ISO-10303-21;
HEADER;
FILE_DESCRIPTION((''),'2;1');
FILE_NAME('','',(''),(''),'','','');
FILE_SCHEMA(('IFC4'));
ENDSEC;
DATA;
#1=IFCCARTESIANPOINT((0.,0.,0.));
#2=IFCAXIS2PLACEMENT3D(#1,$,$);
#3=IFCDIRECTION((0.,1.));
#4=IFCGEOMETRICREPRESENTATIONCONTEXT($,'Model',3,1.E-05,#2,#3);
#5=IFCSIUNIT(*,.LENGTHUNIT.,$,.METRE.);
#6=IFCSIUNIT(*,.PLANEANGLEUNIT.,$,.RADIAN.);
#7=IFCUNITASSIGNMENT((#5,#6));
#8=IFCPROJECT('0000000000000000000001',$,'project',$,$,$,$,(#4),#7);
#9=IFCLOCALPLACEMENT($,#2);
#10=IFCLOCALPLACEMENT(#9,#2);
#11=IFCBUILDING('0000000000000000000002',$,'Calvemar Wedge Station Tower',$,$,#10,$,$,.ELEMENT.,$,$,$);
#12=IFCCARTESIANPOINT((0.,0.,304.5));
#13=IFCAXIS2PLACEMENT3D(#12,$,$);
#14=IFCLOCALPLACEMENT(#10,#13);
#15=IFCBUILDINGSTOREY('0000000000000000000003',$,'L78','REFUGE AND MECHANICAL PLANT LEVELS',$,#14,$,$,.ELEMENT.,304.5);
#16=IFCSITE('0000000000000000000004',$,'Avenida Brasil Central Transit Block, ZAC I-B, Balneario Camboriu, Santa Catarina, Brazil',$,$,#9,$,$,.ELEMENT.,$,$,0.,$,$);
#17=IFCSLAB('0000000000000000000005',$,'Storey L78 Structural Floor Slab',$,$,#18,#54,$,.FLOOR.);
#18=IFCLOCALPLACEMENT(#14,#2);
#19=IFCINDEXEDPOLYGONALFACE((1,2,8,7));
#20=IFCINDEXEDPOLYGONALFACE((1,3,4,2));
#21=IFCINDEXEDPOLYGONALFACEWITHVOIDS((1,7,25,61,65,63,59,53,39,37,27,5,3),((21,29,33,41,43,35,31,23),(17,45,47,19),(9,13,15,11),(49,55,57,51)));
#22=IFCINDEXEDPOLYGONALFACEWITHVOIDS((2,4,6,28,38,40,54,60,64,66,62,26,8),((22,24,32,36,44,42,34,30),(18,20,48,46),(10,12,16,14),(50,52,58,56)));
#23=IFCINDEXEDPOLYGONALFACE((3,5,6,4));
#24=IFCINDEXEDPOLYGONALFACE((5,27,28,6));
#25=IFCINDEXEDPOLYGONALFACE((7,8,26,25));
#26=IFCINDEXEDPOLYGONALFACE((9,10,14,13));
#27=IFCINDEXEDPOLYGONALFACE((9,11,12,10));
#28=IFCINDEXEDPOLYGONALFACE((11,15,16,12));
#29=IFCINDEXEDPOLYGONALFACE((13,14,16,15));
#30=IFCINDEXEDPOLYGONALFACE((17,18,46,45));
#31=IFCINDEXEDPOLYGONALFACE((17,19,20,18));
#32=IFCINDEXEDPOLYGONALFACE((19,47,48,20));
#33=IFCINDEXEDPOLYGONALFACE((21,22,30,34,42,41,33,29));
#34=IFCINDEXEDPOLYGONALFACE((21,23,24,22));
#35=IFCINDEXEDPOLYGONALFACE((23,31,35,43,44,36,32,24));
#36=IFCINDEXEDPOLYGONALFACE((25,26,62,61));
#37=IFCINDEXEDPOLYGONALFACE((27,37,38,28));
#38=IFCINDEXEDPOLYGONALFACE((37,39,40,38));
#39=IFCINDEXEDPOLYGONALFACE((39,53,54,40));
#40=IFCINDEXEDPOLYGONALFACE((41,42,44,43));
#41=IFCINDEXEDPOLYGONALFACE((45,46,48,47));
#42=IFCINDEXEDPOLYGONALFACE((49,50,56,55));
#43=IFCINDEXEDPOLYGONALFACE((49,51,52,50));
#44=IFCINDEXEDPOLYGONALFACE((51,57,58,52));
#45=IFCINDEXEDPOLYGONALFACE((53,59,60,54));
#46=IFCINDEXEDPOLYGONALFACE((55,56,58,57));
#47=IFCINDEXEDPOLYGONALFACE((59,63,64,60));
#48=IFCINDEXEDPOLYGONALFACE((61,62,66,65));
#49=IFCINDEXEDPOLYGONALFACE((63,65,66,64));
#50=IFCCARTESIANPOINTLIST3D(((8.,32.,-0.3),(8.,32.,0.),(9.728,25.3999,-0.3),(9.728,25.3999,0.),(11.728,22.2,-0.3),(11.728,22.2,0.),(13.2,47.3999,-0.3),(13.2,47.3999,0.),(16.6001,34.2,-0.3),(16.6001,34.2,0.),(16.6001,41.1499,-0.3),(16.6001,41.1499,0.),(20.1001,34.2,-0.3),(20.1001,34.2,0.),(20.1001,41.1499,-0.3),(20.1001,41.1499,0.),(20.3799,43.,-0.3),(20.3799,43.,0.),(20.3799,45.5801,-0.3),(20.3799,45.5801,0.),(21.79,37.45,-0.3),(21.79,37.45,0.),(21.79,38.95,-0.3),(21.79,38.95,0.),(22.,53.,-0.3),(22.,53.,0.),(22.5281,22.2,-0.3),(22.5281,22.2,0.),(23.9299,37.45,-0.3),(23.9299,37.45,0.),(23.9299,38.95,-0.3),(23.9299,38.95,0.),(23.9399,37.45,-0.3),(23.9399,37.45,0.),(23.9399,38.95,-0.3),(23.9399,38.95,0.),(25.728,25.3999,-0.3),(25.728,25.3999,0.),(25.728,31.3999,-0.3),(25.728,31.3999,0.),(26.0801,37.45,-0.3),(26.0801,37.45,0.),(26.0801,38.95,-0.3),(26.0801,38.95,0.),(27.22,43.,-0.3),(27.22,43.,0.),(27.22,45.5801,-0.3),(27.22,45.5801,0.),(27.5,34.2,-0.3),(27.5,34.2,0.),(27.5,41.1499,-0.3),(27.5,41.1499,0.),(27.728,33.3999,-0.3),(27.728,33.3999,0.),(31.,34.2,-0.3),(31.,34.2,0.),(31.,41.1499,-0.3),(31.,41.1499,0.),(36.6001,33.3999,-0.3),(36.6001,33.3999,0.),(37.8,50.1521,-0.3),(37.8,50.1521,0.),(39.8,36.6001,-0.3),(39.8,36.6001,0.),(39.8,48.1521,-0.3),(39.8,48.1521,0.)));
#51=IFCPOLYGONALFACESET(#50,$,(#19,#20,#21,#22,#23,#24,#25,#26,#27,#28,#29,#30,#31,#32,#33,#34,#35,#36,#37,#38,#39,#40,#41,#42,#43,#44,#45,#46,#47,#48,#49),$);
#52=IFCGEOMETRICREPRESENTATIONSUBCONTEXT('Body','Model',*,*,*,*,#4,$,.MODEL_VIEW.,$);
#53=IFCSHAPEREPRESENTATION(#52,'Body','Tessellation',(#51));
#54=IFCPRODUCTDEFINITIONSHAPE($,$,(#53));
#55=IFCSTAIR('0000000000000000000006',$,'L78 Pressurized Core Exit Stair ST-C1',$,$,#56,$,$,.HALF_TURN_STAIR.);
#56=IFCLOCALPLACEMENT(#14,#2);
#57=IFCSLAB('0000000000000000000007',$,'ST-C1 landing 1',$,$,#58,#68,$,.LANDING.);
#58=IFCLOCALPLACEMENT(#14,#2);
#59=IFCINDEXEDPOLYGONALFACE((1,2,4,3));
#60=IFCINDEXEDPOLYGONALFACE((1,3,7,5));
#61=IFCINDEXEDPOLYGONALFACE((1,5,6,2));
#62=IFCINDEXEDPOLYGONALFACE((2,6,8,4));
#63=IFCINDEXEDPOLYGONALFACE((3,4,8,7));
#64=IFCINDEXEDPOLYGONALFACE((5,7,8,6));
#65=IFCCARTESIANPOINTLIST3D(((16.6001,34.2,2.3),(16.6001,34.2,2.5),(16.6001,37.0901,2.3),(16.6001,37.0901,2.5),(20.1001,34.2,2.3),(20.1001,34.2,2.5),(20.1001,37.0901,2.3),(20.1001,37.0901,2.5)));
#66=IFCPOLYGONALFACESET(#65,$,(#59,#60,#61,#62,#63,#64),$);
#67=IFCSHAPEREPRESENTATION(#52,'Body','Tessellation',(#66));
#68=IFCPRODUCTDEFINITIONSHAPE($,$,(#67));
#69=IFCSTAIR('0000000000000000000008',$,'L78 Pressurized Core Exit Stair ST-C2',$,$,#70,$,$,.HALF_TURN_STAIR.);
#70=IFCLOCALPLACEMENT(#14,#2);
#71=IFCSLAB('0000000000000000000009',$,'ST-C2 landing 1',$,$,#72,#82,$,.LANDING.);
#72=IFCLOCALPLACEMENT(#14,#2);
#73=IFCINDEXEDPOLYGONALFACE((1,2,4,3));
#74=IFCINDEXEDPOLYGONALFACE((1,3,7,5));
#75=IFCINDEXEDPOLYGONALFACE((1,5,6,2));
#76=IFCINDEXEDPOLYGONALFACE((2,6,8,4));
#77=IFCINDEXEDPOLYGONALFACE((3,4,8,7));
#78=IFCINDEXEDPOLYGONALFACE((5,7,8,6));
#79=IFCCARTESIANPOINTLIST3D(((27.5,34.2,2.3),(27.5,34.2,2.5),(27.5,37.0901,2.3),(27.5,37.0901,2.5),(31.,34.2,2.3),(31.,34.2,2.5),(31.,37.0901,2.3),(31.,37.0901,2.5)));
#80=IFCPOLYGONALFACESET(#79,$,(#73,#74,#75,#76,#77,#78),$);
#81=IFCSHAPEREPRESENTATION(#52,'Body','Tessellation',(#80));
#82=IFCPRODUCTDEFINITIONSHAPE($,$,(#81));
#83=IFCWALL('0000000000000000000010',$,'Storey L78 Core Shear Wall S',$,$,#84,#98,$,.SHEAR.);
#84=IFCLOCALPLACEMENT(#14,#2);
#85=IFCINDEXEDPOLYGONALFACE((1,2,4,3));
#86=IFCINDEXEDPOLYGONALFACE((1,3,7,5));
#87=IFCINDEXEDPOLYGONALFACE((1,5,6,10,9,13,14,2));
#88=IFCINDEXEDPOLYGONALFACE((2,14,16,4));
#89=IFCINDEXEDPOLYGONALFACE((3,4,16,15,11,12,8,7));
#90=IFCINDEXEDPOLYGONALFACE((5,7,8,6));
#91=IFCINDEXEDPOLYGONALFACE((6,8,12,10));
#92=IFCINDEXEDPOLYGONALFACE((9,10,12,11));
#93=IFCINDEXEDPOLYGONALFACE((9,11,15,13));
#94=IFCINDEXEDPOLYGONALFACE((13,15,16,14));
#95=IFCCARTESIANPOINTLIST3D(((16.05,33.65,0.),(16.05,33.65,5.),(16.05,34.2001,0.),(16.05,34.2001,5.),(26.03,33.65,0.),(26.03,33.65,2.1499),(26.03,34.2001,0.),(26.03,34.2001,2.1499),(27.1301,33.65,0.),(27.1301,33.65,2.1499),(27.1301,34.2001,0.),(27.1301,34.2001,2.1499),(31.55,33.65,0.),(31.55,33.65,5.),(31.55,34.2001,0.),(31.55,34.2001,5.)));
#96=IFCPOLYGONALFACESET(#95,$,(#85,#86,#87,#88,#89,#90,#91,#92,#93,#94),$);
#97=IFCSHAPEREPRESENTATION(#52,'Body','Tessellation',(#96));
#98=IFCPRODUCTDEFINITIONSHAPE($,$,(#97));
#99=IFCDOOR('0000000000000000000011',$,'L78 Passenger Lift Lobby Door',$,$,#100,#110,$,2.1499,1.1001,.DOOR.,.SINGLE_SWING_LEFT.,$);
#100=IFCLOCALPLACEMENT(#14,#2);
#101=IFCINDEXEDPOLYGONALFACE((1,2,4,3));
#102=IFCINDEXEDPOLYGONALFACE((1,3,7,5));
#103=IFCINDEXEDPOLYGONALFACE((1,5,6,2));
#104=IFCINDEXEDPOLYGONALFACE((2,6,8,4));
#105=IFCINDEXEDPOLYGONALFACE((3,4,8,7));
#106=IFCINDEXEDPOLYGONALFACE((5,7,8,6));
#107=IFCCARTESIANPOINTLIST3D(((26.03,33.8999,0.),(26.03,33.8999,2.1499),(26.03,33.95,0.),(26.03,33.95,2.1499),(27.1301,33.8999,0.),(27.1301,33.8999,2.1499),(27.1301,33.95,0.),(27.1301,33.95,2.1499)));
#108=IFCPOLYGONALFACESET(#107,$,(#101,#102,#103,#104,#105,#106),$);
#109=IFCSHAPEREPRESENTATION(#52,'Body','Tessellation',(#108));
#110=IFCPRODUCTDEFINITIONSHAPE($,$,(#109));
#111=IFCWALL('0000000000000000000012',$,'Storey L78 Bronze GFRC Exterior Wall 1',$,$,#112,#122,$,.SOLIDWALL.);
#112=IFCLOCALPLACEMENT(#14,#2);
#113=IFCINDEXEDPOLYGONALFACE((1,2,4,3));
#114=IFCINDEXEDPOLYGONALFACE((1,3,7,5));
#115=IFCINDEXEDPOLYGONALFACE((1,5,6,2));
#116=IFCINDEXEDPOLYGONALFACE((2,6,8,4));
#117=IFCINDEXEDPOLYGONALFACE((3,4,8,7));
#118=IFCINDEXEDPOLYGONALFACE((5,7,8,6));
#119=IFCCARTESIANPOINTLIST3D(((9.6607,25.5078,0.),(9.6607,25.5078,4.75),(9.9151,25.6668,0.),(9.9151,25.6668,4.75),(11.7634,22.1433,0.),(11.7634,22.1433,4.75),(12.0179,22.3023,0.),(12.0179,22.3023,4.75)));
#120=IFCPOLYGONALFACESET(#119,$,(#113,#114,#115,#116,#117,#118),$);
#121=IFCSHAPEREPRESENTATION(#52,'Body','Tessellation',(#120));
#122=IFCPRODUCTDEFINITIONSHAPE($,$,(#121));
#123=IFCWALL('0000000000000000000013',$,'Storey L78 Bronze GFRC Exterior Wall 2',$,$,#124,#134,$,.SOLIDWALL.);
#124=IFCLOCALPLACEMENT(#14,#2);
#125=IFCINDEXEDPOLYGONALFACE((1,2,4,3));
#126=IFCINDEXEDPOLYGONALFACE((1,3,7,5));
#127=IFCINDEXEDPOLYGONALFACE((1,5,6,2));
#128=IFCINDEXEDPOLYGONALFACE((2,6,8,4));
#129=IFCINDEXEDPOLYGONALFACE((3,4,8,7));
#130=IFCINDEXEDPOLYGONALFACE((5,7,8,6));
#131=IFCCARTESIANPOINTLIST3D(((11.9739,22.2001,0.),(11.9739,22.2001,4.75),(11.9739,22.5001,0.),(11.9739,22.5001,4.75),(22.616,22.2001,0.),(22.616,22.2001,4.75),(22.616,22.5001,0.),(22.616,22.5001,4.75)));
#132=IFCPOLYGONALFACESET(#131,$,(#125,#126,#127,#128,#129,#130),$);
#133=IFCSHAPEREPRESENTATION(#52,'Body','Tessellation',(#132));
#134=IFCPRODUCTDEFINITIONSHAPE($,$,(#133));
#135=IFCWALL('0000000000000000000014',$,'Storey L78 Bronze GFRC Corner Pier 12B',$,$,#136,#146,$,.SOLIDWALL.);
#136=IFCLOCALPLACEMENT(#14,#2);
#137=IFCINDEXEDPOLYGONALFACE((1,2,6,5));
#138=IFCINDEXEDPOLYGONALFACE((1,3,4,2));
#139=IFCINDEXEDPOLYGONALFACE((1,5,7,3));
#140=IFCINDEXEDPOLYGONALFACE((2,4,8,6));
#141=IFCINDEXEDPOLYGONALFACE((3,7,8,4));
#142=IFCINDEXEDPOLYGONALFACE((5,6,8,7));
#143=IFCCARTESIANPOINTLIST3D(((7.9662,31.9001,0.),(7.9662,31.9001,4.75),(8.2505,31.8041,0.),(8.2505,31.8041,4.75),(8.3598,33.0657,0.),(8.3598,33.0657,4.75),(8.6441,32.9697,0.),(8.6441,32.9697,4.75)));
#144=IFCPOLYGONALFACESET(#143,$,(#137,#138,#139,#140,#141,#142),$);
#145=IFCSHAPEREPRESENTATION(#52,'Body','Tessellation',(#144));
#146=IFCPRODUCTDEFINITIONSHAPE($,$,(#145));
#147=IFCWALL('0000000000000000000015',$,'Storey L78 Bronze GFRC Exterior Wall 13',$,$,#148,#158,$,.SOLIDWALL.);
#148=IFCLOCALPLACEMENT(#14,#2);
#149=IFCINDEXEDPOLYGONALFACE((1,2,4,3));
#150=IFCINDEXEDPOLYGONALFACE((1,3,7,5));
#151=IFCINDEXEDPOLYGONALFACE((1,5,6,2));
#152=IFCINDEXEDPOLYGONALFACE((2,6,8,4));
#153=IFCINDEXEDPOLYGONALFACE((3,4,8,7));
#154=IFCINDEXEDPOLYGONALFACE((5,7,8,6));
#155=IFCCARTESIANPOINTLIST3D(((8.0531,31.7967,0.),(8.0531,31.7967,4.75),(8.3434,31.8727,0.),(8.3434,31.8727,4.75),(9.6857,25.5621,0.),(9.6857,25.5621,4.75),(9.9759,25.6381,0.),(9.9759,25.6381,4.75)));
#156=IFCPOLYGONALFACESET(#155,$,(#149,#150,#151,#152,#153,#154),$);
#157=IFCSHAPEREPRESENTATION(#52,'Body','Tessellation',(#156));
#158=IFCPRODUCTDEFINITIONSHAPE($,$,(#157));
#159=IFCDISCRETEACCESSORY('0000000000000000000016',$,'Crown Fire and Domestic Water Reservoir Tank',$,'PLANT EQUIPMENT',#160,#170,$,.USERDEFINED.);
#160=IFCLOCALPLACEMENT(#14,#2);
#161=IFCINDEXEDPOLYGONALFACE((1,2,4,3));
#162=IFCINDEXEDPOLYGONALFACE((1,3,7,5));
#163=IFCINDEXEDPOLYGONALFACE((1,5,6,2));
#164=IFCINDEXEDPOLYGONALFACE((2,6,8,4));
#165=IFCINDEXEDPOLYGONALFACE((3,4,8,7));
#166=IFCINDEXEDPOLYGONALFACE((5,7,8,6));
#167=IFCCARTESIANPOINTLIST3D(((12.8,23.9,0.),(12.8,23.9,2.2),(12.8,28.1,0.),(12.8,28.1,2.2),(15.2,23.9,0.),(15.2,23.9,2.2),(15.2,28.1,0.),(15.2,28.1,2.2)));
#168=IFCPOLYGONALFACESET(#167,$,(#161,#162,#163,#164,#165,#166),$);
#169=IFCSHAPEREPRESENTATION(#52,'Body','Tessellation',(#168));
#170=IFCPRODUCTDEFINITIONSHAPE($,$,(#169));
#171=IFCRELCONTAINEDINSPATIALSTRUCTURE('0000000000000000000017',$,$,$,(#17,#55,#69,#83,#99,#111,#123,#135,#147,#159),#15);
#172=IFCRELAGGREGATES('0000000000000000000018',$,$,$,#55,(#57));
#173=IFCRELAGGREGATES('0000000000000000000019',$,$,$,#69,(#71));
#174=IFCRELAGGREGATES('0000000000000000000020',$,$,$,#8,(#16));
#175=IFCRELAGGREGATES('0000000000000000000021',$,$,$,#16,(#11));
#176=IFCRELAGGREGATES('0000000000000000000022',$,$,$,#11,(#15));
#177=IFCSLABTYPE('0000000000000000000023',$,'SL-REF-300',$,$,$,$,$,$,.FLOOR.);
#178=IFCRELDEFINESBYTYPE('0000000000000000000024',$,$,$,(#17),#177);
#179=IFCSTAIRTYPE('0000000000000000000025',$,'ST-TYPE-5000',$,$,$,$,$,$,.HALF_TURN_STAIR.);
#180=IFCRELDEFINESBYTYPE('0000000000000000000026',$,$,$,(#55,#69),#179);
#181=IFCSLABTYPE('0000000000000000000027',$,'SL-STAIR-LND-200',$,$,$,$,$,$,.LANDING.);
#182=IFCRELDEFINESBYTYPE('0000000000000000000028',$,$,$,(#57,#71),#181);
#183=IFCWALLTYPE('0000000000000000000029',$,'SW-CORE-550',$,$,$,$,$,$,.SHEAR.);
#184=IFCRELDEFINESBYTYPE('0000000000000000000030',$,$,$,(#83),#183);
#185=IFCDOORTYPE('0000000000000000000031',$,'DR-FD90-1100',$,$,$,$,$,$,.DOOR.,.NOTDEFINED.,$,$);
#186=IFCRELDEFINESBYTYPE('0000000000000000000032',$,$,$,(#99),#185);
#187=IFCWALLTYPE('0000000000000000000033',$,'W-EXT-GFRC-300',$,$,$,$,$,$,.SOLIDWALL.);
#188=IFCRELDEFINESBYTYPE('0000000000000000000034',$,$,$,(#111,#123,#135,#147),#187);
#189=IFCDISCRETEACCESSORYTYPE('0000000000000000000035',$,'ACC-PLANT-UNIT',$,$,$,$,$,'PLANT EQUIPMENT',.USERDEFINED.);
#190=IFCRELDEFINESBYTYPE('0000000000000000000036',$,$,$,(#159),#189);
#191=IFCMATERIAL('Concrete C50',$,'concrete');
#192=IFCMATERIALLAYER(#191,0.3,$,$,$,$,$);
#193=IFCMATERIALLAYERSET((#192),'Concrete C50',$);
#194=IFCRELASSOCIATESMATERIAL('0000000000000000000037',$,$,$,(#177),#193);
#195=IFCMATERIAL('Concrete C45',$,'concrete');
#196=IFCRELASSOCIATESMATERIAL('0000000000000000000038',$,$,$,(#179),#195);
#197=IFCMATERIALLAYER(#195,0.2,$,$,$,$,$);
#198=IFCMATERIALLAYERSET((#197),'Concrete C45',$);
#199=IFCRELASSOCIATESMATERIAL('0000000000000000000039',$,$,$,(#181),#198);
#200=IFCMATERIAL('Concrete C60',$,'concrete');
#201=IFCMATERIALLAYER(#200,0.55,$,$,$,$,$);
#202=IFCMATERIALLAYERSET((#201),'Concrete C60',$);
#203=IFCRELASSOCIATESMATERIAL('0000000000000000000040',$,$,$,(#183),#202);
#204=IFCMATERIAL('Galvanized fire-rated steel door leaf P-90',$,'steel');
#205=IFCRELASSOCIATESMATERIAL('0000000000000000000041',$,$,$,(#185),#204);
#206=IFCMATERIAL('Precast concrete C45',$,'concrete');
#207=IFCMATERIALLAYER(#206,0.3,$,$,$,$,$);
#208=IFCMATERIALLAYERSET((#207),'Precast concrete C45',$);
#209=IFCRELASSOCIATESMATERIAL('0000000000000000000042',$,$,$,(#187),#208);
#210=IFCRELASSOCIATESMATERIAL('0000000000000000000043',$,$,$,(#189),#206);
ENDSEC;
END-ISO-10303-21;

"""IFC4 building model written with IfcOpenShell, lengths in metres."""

from ifc_helpers import new_model, si_unit, direction, frame, frame_2d, origin, origin_2d, place, context, subcontext, project, spatial, polyline, rectangle, outline, extrude, source, transform, mapped, material, layer, layer_set, type_object, element, fill, aggregate, save


model = new_model("IFC4")

# Units and contexts
model_context = context("Model", 3, precision=1e-05, world=origin(), true_north=direction((0.0, 1.0)))
body_context = subcontext(model_context, "Body", "Model", "MODEL_VIEW")
ifc_project = project(units=[si_unit("LENGTHUNIT", "METRE"), si_unit("PLANEANGLEUNIT", "RADIAN")], contexts=[model_context])

# Site, building, storey
site_placement = place(None, origin())
site = spatial("IfcSite", under=ifc_project, at=site_placement, Name="Avenida Brasil Central Transit Block, ZAC I-B, Balneario Camboriu, Santa Catarina, Brazil", CompositionType="ELEMENT", RefElevation=0.0)
building_placement = place(site_placement, origin())
building = spatial("IfcBuilding", under=site, at=building_placement, Name="Calvemar Wedge Station Tower", CompositionType="ELEMENT")
storey_placement = place(building_placement, frame((0.0, 0.0, 304.5)))
storey = spatial("IfcBuildingStorey", under=building, at=storey_placement, Name="L78", Description="REFUGE AND MECHANICAL PLANT LEVELS", CompositionType="ELEMENT", Elevation=304.5)

# Shared definitions
ifc_material_1 = material(Name="Concrete C50", Category="concrete")

# Slab
ifc_layer_1 = layer(ifc_material_1, 0.3)
ifc_layer_set_1 = layer_set([ifc_layer_1], Name="Concrete C50")
slab_type_1 = type_object("IfcSlabType", Name="SL-REF-300", PredefinedType="FLOOR", material=ifc_layer_set_1)
slab_1_placement = place(storey_placement, frame((0.0, 0.0, -0.3)))
element("IfcSlab", 1, at=slab_1_placement, inside=storey, type_object=slab_type_1, Name="Storey L78 Structural Floor Slab", PredefinedType="FLOOR", context=body_context, shape_type="SweptSolid", body=[
    extrude(outline(polyline([(8.0, 32.0), (9.728, 25.3999), (11.728, 22.2), (22.5281, 22.2), (25.728, 25.3999), (25.728, 31.3999), (27.728, 33.3999), (36.6001, 33.3999), (39.8, 36.6001), (39.8, 48.1521), (37.8, 50.1521), (22.0, 53.0), (13.2, 47.3999), (8.0, 32.0)]), holes=[polyline([(20.1001, 34.2), (20.1001, 41.1499), (16.6001, 41.1499), (16.6001, 34.2), (20.1001, 34.2)]), polyline([(31.0, 34.2), (31.0, 41.1499), (27.5, 41.1499), (27.5, 34.2), (31.0, 34.2)]), polyline([(23.9299, 38.95), (21.79, 38.95), (21.79, 37.45), (23.9299, 37.45), (23.9399, 37.45), (26.0801, 37.45), (26.0801, 38.95), (23.9399, 38.95), (23.9299, 38.95)]), polyline([(27.22, 43.0), (27.22, 45.5801), (20.3799, 45.5801), (20.3799, 43.0), (27.22, 43.0)])]), origin(), (0.0, 0.0, 1.0), 0.3),
])

# Stairs, slabs
ifc_material_2 = material(Name="Concrete C45", Category="concrete")
stair_type = type_object("IfcStairType", Name="ST-TYPE-5000", PredefinedType="HALF_TURN_STAIR", material=ifc_material_2)
stair_1_placement = place(storey_placement, origin())
stair_1 = element("IfcStair", 2, at=stair_1_placement, inside=storey, type_object=stair_type, Name="L78 Pressurized Core Exit Stair ST-C1", PredefinedType="HALF_TURN_STAIR")
ifc_layer_2 = layer(ifc_material_2, 0.2)
ifc_layer_set_2 = layer_set([ifc_layer_2], Name="Concrete C45")
slab_type_2 = type_object("IfcSlabType", Name="SL-STAIR-LND-200", PredefinedType="LANDING", material=ifc_layer_set_2)
slab_2_placement = place(storey_placement, frame((0.0, 0.0, 2.3)))
slab_2 = element("IfcSlab", 3, at=slab_2_placement, type_object=slab_type_2, Name="ST-C1 landing 1", PredefinedType="LANDING", context=body_context, shape_type="SweptSolid", body=[
    extrude(outline(polyline([(16.6001, 37.0901), (16.6001, 34.2), (20.1001, 34.2), (20.1001, 37.0901), (16.6001, 37.0901)])), origin(), (0.0, 0.0, 1.0), 0.2),
])
aggregate(stair_1, [slab_2])
stair_2_placement = place(storey_placement, origin())
stair_2 = element("IfcStair", 4, at=stair_2_placement, inside=storey, type_object=stair_type, Name="L78 Pressurized Core Exit Stair ST-C2", PredefinedType="HALF_TURN_STAIR")
slab_3_placement = place(storey_placement, frame((0.0, 0.0, 2.3)))
slab_3 = element("IfcSlab", 5, at=slab_3_placement, type_object=slab_type_2, Name="ST-C2 landing 1", PredefinedType="LANDING", context=body_context, shape_type="SweptSolid", body=[
    extrude(outline(polyline([(27.5, 37.0901), (27.5, 34.2), (31.0, 34.2), (31.0, 37.0901), (27.5, 37.0901)])), origin(), (0.0, 0.0, 1.0), 0.2),
])
aggregate(stair_2, [slab_3])

# Wall, opening, door
ifc_material_3 = material(Name="Concrete C60", Category="concrete")
ifc_layer_3 = layer(ifc_material_3, 0.55)
ifc_layer_set_3 = layer_set([ifc_layer_3], Name="Concrete C60")
wall_type_1 = type_object("IfcWallType", Name="SW-CORE-550", PredefinedType="SHEAR", material=ifc_layer_set_3)
wall_1_placement = place(storey_placement, frame((16.05, 33.925, 0.0), z_axis=(0.0, 0.0, 1.0), x_axis=(1.0, 0.0, 0.0)))
wall_1 = element("IfcWall", 6, at=wall_1_placement, inside=storey, type_object=wall_type_1, Name="Storey L78 Core Shear Wall S", PredefinedType="SHEAR", context=body_context, shape_type="SweptSolid", body=[
    extrude(rectangle(XDim=15.5, YDim=0.55, at=frame_2d((7.75, 0.0))), origin(), (0.0, 0.0, 1.0), 5.0),
])
shared_shape_1 = source(origin(), body_context, "Body", "SweptSolid", [
    extrude(rectangle(XDim=1.1001, YDim=2.1499, at=frame_2d((0.55, 1.075))), frame((0.0, 0.2852, 0.0), z_axis=(0.0, -1.0, 0.0), x_axis=(1.0, 0.0, 0.0)), (0.0, 0.0, 1.0), 0.5701),
])
opening_placement = place(wall_1_placement, frame((9.98, 0.0, 0.0)))
opening = element("IfcOpeningElement", 7, at=opening_placement, cuts=wall_1, PredefinedType="OPENING", context=body_context, shape_type="MappedRepresentation", body=[
    mapped(shared_shape_1, transform((0.0, 0.0, 0.0), scale=1.0)),
])
ifc_material_4 = material(Name="Galvanized fire-rated steel door leaf P-90", Category="steel")
door_type = type_object("IfcDoorType", Name="DR-FD90-1100", OperationType="NOTDEFINED", PredefinedType="DOOR", material=ifc_material_4)
shared_shape_2 = source(origin(), body_context, "Body", "SweptSolid", [
    extrude(rectangle(XDim=1.1001, YDim=2.1499, at=frame_2d((0.55, 1.075))), frame((0.0, 0.0249, 0.0), z_axis=(0.0, -1.0, 0.0), x_axis=(1.0, 0.0, 0.0)), (0.0, 0.0, 1.0), 0.05),
])
door_placement = place(opening_placement, origin())
door = element("IfcDoor", 8, at=door_placement, inside=storey, type_object=door_type, Name="L78 Passenger Lift Lobby Door", OperationType="SINGLE_SWING_LEFT", OverallHeight=2.1499, OverallWidth=1.1001, PredefinedType="DOOR", context=body_context, shape_type="MappedRepresentation", body=[
    mapped(shared_shape_2, transform((0.0, 0.0, 0.0), scale=1.0)),
])
fill(opening, door)

# Walls
ifc_material_5 = material(Name="Precast concrete C45", Category="concrete")
ifc_layer_4 = layer(ifc_material_5, 0.3)
ifc_layer_set_4 = layer_set([ifc_layer_4], Name="Precast concrete C45")
wall_type_2 = type_object("IfcWallType", Name="W-EXT-GFRC-300", PredefinedType="SOLIDWALL", material=ifc_layer_set_4)
wall_2_placement = place(storey_placement, frame((9.7878, 25.5874, 0.0), z_axis=(0.0, 0.0, 1.0), x_axis=(0.529993, -0.848002, 0.0)))
element("IfcWall", 9, at=wall_2_placement, inside=storey, type_object=wall_type_2, Name="Storey L78 Bronze GFRC Exterior Wall 1", PredefinedType="SOLIDWALL", context=body_context, shape_type="SweptSolid", body=[
    extrude(rectangle(XDim=3.9675, YDim=0.3, at=frame_2d((1.9839, 0.0))), origin(), (0.0, 0.0, 1.0), 4.75),
])
wall_3_placement = place(storey_placement, frame((11.9739, 22.3501, 0.0), z_axis=(0.0, 0.0, 1.0), x_axis=(1.0, 0.0, 0.0)))
element("IfcWall", 10, at=wall_3_placement, inside=storey, type_object=wall_type_2, Name="Storey L78 Bronze GFRC Exterior Wall 2", PredefinedType="SOLIDWALL", context=body_context, shape_type="SweptSolid", body=[
    extrude(rectangle(XDim=10.6421, YDim=0.3, at=frame_2d((5.321, 0.0))), origin(), (0.0, 0.0, 1.0), 4.75),
])
wall_4_placement = place(storey_placement, frame((8.502, 33.0178, 0.0), z_axis=(0.0, 0.0, 1.0), x_axis=(-0.319917, -0.947446, 0.0)))
element("IfcWall", 11, at=wall_4_placement, inside=storey, type_object=wall_type_2, Name="Storey L78 Bronze GFRC Corner Pier 12B", PredefinedType="SOLIDWALL", context=body_context, shape_type="SweptSolid", body=[
    extrude(rectangle(XDim=1.2302, YDim=0.3, at=frame_2d((0.6152, 0.0))), origin(), (0.0, 0.0, 1.0), 4.75),
])
wall_5_placement = place(storey_placement, frame((8.1982, 31.8347, 0.0), z_axis=(0.0, 0.0, 1.0), x_axis=(0.253315, -0.967384, 0.0)))
element("IfcWall", 12, at=wall_5_placement, inside=storey, type_object=wall_type_2, Name="Storey L78 Bronze GFRC Exterior Wall 13", PredefinedType="SOLIDWALL", context=body_context, shape_type="SweptSolid", body=[
    extrude(rectangle(XDim=6.4448, YDim=0.3, at=frame_2d((3.2224, 0.0))), origin(), (0.0, 0.0, 1.0), 4.75),
])

# Discrete accessory
discrete_accessory_type = type_object("IfcDiscreteAccessoryType", Name="ACC-PLANT-UNIT", ElementType="PLANT EQUIPMENT", PredefinedType="USERDEFINED", material=ifc_material_5)
shared_shape_3 = source(origin(), body_context, "Body", "SweptSolid", [
    extrude(rectangle(XDim=2.3999, YDim=4.2, at=origin_2d()), origin(), (0.0, 0.0, 1.0), 2.2),
])
discrete_accessory_placement = place(storey_placement, frame((14.0, 26.0, 0.0), z_axis=(0.0, 0.0, 1.0), x_axis=(1.0, 0.0, 0.0)))
element("IfcDiscreteAccessory", 13, at=discrete_accessory_placement, inside=storey, type_object=discrete_accessory_type, Name="Crown Fire and Domestic Water Reservoir Tank", ObjectType="PLANT EQUIPMENT", PredefinedType="USERDEFINED", context=body_context, shape_type="MappedRepresentation", body=[
    mapped(shared_shape_3, transform((0.0, 0.0, 0.0), scale=1.0)),
])

save(model, "model.ifc")
